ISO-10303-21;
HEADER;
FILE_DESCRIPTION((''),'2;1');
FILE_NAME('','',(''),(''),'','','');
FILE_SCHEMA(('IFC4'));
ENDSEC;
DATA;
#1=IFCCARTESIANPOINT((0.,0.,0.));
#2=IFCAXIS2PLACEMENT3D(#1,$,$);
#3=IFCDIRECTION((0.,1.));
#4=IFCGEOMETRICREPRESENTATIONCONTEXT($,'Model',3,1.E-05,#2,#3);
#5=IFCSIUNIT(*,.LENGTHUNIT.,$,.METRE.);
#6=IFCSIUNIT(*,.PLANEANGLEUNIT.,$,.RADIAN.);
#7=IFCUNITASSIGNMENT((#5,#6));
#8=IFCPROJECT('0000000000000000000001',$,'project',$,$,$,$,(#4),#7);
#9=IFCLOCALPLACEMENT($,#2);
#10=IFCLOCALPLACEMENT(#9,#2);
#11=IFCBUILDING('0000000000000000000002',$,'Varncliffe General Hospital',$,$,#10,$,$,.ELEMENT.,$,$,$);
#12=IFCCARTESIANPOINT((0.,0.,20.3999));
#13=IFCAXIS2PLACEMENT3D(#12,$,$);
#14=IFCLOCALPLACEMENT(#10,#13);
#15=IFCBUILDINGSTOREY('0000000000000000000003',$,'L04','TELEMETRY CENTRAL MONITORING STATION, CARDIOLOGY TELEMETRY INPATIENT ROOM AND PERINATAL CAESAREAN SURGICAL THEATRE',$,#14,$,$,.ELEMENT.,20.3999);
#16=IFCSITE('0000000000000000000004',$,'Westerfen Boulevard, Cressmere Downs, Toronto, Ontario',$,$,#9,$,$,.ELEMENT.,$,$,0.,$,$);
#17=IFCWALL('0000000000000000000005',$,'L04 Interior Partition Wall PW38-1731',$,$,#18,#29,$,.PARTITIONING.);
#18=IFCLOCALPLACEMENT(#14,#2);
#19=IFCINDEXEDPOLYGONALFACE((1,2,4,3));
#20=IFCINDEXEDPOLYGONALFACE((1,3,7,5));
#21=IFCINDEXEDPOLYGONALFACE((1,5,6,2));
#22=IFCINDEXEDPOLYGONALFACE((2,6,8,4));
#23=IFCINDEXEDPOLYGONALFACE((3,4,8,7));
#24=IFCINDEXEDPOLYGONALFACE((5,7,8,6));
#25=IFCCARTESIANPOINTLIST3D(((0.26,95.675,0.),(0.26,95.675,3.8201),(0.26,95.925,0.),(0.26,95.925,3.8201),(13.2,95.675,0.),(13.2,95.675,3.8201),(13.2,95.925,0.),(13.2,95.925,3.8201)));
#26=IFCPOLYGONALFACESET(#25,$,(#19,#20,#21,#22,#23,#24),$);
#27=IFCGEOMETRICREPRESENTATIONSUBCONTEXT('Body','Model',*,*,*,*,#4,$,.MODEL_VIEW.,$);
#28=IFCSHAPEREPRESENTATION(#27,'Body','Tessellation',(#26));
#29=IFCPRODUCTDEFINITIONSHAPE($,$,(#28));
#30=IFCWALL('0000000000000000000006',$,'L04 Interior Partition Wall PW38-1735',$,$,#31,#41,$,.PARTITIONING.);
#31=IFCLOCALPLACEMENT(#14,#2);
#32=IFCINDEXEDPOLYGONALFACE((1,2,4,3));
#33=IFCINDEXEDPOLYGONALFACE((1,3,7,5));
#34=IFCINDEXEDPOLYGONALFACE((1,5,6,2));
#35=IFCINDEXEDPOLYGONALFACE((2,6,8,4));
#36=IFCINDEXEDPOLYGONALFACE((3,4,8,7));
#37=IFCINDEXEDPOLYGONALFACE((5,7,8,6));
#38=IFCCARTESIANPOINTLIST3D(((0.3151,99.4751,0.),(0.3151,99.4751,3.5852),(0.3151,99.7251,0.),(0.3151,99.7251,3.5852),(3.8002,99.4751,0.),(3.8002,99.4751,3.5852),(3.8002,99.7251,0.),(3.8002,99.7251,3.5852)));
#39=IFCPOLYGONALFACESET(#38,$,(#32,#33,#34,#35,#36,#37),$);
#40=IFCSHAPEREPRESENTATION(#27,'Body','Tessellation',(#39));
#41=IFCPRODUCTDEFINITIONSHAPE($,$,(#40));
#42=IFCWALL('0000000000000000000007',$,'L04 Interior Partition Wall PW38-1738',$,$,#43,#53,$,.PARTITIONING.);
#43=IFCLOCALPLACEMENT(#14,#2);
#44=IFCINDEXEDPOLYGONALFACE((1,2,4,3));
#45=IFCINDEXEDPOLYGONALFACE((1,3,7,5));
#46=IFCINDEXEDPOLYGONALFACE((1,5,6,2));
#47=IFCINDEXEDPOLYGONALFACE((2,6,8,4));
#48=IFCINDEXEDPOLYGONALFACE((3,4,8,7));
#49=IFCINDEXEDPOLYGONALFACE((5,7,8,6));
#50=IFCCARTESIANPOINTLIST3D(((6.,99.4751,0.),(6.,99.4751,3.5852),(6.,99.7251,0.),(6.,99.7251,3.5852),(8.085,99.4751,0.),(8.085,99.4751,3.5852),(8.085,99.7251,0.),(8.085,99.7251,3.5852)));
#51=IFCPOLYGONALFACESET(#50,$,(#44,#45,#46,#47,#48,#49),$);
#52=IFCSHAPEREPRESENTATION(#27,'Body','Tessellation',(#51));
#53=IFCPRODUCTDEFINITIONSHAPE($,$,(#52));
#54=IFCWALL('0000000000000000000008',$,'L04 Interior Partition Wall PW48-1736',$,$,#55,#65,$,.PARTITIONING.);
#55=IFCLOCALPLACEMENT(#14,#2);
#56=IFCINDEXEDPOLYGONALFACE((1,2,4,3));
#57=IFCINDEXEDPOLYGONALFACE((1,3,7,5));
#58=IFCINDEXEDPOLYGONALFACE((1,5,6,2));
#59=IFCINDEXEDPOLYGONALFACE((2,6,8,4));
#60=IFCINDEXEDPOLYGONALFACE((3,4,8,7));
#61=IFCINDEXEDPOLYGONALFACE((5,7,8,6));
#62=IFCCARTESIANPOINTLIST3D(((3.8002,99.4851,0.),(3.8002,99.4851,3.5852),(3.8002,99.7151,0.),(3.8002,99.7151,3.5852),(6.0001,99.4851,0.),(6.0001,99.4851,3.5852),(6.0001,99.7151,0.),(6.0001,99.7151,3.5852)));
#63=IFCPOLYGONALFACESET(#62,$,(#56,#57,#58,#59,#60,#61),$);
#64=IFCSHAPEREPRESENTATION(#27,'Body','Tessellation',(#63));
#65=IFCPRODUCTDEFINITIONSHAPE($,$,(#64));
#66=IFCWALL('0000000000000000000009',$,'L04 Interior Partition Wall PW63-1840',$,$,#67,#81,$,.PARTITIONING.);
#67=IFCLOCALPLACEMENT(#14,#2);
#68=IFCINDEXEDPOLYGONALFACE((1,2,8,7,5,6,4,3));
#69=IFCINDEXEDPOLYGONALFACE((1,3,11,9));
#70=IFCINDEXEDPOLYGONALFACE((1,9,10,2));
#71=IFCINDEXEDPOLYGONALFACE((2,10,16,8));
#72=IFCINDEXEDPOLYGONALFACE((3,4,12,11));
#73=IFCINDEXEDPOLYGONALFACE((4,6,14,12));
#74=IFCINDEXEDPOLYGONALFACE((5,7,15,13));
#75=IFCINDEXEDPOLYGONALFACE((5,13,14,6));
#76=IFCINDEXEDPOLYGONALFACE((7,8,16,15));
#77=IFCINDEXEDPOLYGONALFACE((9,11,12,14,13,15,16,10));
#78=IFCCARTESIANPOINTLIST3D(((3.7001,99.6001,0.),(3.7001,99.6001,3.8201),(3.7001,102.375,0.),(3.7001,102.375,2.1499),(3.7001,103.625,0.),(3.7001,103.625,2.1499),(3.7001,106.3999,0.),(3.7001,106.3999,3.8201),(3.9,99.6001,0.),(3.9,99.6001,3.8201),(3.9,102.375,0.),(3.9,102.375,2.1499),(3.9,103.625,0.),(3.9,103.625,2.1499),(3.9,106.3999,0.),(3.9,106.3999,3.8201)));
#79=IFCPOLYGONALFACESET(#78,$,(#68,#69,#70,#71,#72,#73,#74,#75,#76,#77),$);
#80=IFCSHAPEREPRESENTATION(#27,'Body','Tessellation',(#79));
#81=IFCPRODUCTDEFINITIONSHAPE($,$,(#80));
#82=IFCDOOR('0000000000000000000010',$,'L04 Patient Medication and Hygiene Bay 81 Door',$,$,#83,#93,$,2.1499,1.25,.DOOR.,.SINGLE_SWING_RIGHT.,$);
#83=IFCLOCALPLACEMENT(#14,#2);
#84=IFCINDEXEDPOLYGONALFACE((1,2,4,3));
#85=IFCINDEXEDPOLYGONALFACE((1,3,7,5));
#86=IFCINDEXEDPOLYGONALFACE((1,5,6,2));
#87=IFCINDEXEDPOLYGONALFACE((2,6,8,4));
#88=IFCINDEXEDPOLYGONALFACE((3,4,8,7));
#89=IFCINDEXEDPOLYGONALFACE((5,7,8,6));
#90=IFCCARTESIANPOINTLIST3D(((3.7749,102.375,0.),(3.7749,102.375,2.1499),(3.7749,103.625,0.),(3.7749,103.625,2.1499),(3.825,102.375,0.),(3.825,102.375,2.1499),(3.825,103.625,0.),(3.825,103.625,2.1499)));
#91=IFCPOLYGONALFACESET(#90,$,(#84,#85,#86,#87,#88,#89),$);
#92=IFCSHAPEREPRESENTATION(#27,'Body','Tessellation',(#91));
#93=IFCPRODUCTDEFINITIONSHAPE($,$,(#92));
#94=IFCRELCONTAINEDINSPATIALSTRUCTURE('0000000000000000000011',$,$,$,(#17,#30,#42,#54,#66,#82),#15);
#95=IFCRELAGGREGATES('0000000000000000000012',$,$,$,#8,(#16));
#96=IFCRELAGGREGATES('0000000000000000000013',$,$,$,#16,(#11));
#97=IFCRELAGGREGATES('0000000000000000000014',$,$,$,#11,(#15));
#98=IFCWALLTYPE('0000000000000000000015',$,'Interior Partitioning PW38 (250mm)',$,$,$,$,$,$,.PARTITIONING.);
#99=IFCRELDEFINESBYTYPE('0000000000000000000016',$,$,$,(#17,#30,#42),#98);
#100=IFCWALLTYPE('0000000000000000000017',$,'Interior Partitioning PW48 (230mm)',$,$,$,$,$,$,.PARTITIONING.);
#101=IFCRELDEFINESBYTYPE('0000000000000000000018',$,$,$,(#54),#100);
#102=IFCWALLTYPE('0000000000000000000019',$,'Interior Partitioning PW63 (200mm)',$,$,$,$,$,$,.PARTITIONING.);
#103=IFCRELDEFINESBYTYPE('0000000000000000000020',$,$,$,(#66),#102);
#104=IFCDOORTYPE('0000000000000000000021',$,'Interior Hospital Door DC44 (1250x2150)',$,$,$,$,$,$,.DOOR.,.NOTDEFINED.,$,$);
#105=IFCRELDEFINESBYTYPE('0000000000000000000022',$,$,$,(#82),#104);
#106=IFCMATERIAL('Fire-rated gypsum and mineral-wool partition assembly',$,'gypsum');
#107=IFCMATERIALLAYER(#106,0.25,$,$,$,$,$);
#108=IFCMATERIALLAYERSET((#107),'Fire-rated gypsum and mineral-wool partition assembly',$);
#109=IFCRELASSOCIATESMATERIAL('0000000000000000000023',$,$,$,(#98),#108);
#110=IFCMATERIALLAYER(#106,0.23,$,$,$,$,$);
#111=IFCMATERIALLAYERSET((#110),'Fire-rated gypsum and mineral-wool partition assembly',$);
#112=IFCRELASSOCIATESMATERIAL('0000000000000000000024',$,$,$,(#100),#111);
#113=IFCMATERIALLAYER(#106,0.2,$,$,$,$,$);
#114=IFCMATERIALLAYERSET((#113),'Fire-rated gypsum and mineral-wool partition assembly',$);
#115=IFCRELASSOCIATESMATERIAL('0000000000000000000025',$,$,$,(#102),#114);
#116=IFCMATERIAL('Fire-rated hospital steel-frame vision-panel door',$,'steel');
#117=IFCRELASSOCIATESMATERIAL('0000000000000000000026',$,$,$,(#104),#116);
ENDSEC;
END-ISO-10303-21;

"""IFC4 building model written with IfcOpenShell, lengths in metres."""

from ifc_helpers import new_model, si_unit, direction, frame, frame_2d, origin, place, context, subcontext, project, spatial, rectangle, extrude, material, layer, layer_set, type_object, element, fill, save


model = new_model("IFC4")

# Units and contexts
model_context = context("Model", 3, precision=1e-05, world=origin(), true_north=direction((0.0, 1.0)))
body_context = subcontext(model_context, "Body", "Model", "MODEL_VIEW")
ifc_project = project(units=[si_unit("LENGTHUNIT", "METRE"), si_unit("PLANEANGLEUNIT", "RADIAN")], contexts=[model_context])

# Site, building, storey
site_placement = place(None, origin())
site = spatial("IfcSite", under=ifc_project, at=site_placement, Name="Westerfen Boulevard, Cressmere Downs, Toronto, Ontario", CompositionType="ELEMENT", RefElevation=0.0)
building_placement = place(site_placement, origin())
building = spatial("IfcBuilding", under=site, at=building_placement, Name="Varncliffe General Hospital", CompositionType="ELEMENT")
storey_placement = place(building_placement, frame((0.0, 0.0, 20.3999)))
storey = spatial("IfcBuildingStorey", under=building, at=storey_placement, Name="L04", Description="TELEMETRY CENTRAL MONITORING STATION, CARDIOLOGY TELEMETRY INPATIENT ROOM AND PERINATAL CAESAREAN SURGICAL THEATRE", CompositionType="ELEMENT", Elevation=20.3999)

# Walls
ifc_material_1 = material(Name="Fire-rated gypsum and mineral-wool partition assembly", Category="gypsum")
ifc_layer_1 = layer(ifc_material_1, 0.25)
ifc_layer_set_1 = layer_set([ifc_layer_1], Name="Fire-rated gypsum and mineral-wool partition assembly")
wall_type_1 = type_object("IfcWallType", Name="Interior Partitioning PW38 (250mm)", PredefinedType="PARTITIONING", material=ifc_layer_set_1)
wall_1_placement = place(storey_placement, frame((0.26, 95.8, 0.0), z_axis=(0.0, 0.0, 1.0), x_axis=(1.0, 0.0, 0.0)))
element("IfcWall", 1, at=wall_1_placement, inside=storey, type_object=wall_type_1, Name="L04 Interior Partition Wall PW38-1731", PredefinedType="PARTITIONING", context=body_context, shape_type="SweptSolid", body=[
    extrude(rectangle(XDim=12.9399, YDim=0.25, at=frame_2d((6.47, 0.0))), origin(), (0.0, 0.0, 1.0), 3.8201),
])
wall_2_placement = place(storey_placement, frame((0.3149, 99.6001, 0.0), z_axis=(0.0, 0.0, 1.0), x_axis=(1.0, 0.0, 0.0)))
element("IfcWall", 2, at=wall_2_placement, inside=storey, type_object=wall_type_1, Name="L04 Interior Partition Wall PW38-1735", PredefinedType="PARTITIONING", context=body_context, shape_type="SweptSolid", body=[
    extrude(rectangle(XDim=3.4851, YDim=0.25, at=frame_2d((1.7427, 0.0))), origin(), (0.0, 0.0, 1.0), 3.5852),
])
wall_3_placement = place(storey_placement, frame((6.0, 99.6001, 0.0), z_axis=(0.0, 0.0, 1.0), x_axis=(1.0, 0.0, 0.0)))
element("IfcWall", 3, at=wall_3_placement, inside=storey, type_object=wall_type_1, Name="L04 Interior Partition Wall PW38-1738", PredefinedType="PARTITIONING", context=body_context, shape_type="SweptSolid", body=[
    extrude(rectangle(XDim=2.085, YDim=0.25, at=frame_2d((1.0425, 0.0))), origin(), (0.0, 0.0, 1.0), 3.5852),
])
ifc_layer_2 = layer(ifc_material_1, 0.23)
ifc_layer_set_2 = layer_set([ifc_layer_2], Name="Fire-rated gypsum and mineral-wool partition assembly")
wall_type_2 = type_object("IfcWallType", Name="Interior Partitioning PW48 (230mm)", PredefinedType="PARTITIONING", material=ifc_layer_set_2)
wall_4_placement = place(storey_placement, frame((3.8, 99.6001, 0.0), z_axis=(0.0, 0.0, 1.0), x_axis=(1.0, 0.0, 0.0)))
element("IfcWall", 4, at=wall_4_placement, inside=storey, type_object=wall_type_2, Name="L04 Interior Partition Wall PW48-1736", PredefinedType="PARTITIONING", context=body_context, shape_type="SweptSolid", body=[
    extrude(rectangle(XDim=2.2, YDim=0.23, at=frame_2d((1.1001, 0.0))), origin(), (0.0, 0.0, 1.0), 3.5852),
])

# Wall, opening, door
ifc_layer_3 = layer(ifc_material_1, 0.2)
ifc_layer_set_3 = layer_set([ifc_layer_3], Name="Fire-rated gypsum and mineral-wool partition assembly")
wall_type_3 = type_object("IfcWallType", Name="Interior Partitioning PW63 (200mm)", PredefinedType="PARTITIONING", material=ifc_layer_set_3)
wall_5_placement = place(storey_placement, frame((3.8, 99.6001, 0.0), z_axis=(0.0, 0.0, 1.0), x_axis=(0.0, 1.0, 0.0)))
wall_5 = element("IfcWall", 5, at=wall_5_placement, inside=storey, type_object=wall_type_3, Name="L04 Interior Partition Wall PW63-1840", PredefinedType="PARTITIONING", context=body_context, shape_type="SweptSolid", body=[
    extrude(rectangle(XDim=6.7998, YDim=0.2, at=frame_2d((3.3999, 0.0))), origin(), (0.0, 0.0, 1.0), 3.8201),
])
opening_1_placement = place(wall_5_placement, frame((2.7749, 0.0, 0.0)))
opening_1 = element("IfcOpeningElement", 6, at=opening_1_placement, cuts=wall_5, PredefinedType="OPENING", context=body_context, shape_type="SweptSolid", body=[
    extrude(rectangle(XDim=1.25, YDim=2.1499, at=frame_2d((0.625, 1.075))), frame((0.0, 0.1099, 0.0), z_axis=(0.0, -1.0, 0.0), x_axis=(1.0, 0.0, 0.0)), (0.0, 0.0, 1.0), 0.22),
])
ifc_material_2 = material(Name="Fire-rated hospital steel-frame vision-panel door", Category="steel")
door_type = type_object("IfcDoorType", Name="Interior Hospital Door DC44 (1250x2150)", OperationType="NOTDEFINED", PredefinedType="DOOR", material=ifc_material_2)
door_placement = place(opening_1_placement, frame((1.25, 0.0, 0.0), z_axis=(0.0, 0.0, 1.0), x_axis=(-1.0, 0.0, 0.0)))
door = element("IfcDoor", 7, at=door_placement, inside=storey, type_object=door_type, Name="L04 Patient Medication and Hygiene Bay 81 Door", OperationType="SINGLE_SWING_RIGHT", OverallHeight=2.1499, OverallWidth=1.25, PredefinedType="DOOR", context=body_context, shape_type="SweptSolid", body=[
    extrude(rectangle(XDim=1.25, YDim=2.1499, at=frame_2d((0.625, 1.075))), frame((0.0, 0.0249, 0.0), z_axis=(0.0, -1.0, 0.0), x_axis=(1.0, 0.0, 0.0)), (0.0, 0.0, 1.0), 0.05),
])
fill(opening_1, door)

save(model, "model.ifc")
